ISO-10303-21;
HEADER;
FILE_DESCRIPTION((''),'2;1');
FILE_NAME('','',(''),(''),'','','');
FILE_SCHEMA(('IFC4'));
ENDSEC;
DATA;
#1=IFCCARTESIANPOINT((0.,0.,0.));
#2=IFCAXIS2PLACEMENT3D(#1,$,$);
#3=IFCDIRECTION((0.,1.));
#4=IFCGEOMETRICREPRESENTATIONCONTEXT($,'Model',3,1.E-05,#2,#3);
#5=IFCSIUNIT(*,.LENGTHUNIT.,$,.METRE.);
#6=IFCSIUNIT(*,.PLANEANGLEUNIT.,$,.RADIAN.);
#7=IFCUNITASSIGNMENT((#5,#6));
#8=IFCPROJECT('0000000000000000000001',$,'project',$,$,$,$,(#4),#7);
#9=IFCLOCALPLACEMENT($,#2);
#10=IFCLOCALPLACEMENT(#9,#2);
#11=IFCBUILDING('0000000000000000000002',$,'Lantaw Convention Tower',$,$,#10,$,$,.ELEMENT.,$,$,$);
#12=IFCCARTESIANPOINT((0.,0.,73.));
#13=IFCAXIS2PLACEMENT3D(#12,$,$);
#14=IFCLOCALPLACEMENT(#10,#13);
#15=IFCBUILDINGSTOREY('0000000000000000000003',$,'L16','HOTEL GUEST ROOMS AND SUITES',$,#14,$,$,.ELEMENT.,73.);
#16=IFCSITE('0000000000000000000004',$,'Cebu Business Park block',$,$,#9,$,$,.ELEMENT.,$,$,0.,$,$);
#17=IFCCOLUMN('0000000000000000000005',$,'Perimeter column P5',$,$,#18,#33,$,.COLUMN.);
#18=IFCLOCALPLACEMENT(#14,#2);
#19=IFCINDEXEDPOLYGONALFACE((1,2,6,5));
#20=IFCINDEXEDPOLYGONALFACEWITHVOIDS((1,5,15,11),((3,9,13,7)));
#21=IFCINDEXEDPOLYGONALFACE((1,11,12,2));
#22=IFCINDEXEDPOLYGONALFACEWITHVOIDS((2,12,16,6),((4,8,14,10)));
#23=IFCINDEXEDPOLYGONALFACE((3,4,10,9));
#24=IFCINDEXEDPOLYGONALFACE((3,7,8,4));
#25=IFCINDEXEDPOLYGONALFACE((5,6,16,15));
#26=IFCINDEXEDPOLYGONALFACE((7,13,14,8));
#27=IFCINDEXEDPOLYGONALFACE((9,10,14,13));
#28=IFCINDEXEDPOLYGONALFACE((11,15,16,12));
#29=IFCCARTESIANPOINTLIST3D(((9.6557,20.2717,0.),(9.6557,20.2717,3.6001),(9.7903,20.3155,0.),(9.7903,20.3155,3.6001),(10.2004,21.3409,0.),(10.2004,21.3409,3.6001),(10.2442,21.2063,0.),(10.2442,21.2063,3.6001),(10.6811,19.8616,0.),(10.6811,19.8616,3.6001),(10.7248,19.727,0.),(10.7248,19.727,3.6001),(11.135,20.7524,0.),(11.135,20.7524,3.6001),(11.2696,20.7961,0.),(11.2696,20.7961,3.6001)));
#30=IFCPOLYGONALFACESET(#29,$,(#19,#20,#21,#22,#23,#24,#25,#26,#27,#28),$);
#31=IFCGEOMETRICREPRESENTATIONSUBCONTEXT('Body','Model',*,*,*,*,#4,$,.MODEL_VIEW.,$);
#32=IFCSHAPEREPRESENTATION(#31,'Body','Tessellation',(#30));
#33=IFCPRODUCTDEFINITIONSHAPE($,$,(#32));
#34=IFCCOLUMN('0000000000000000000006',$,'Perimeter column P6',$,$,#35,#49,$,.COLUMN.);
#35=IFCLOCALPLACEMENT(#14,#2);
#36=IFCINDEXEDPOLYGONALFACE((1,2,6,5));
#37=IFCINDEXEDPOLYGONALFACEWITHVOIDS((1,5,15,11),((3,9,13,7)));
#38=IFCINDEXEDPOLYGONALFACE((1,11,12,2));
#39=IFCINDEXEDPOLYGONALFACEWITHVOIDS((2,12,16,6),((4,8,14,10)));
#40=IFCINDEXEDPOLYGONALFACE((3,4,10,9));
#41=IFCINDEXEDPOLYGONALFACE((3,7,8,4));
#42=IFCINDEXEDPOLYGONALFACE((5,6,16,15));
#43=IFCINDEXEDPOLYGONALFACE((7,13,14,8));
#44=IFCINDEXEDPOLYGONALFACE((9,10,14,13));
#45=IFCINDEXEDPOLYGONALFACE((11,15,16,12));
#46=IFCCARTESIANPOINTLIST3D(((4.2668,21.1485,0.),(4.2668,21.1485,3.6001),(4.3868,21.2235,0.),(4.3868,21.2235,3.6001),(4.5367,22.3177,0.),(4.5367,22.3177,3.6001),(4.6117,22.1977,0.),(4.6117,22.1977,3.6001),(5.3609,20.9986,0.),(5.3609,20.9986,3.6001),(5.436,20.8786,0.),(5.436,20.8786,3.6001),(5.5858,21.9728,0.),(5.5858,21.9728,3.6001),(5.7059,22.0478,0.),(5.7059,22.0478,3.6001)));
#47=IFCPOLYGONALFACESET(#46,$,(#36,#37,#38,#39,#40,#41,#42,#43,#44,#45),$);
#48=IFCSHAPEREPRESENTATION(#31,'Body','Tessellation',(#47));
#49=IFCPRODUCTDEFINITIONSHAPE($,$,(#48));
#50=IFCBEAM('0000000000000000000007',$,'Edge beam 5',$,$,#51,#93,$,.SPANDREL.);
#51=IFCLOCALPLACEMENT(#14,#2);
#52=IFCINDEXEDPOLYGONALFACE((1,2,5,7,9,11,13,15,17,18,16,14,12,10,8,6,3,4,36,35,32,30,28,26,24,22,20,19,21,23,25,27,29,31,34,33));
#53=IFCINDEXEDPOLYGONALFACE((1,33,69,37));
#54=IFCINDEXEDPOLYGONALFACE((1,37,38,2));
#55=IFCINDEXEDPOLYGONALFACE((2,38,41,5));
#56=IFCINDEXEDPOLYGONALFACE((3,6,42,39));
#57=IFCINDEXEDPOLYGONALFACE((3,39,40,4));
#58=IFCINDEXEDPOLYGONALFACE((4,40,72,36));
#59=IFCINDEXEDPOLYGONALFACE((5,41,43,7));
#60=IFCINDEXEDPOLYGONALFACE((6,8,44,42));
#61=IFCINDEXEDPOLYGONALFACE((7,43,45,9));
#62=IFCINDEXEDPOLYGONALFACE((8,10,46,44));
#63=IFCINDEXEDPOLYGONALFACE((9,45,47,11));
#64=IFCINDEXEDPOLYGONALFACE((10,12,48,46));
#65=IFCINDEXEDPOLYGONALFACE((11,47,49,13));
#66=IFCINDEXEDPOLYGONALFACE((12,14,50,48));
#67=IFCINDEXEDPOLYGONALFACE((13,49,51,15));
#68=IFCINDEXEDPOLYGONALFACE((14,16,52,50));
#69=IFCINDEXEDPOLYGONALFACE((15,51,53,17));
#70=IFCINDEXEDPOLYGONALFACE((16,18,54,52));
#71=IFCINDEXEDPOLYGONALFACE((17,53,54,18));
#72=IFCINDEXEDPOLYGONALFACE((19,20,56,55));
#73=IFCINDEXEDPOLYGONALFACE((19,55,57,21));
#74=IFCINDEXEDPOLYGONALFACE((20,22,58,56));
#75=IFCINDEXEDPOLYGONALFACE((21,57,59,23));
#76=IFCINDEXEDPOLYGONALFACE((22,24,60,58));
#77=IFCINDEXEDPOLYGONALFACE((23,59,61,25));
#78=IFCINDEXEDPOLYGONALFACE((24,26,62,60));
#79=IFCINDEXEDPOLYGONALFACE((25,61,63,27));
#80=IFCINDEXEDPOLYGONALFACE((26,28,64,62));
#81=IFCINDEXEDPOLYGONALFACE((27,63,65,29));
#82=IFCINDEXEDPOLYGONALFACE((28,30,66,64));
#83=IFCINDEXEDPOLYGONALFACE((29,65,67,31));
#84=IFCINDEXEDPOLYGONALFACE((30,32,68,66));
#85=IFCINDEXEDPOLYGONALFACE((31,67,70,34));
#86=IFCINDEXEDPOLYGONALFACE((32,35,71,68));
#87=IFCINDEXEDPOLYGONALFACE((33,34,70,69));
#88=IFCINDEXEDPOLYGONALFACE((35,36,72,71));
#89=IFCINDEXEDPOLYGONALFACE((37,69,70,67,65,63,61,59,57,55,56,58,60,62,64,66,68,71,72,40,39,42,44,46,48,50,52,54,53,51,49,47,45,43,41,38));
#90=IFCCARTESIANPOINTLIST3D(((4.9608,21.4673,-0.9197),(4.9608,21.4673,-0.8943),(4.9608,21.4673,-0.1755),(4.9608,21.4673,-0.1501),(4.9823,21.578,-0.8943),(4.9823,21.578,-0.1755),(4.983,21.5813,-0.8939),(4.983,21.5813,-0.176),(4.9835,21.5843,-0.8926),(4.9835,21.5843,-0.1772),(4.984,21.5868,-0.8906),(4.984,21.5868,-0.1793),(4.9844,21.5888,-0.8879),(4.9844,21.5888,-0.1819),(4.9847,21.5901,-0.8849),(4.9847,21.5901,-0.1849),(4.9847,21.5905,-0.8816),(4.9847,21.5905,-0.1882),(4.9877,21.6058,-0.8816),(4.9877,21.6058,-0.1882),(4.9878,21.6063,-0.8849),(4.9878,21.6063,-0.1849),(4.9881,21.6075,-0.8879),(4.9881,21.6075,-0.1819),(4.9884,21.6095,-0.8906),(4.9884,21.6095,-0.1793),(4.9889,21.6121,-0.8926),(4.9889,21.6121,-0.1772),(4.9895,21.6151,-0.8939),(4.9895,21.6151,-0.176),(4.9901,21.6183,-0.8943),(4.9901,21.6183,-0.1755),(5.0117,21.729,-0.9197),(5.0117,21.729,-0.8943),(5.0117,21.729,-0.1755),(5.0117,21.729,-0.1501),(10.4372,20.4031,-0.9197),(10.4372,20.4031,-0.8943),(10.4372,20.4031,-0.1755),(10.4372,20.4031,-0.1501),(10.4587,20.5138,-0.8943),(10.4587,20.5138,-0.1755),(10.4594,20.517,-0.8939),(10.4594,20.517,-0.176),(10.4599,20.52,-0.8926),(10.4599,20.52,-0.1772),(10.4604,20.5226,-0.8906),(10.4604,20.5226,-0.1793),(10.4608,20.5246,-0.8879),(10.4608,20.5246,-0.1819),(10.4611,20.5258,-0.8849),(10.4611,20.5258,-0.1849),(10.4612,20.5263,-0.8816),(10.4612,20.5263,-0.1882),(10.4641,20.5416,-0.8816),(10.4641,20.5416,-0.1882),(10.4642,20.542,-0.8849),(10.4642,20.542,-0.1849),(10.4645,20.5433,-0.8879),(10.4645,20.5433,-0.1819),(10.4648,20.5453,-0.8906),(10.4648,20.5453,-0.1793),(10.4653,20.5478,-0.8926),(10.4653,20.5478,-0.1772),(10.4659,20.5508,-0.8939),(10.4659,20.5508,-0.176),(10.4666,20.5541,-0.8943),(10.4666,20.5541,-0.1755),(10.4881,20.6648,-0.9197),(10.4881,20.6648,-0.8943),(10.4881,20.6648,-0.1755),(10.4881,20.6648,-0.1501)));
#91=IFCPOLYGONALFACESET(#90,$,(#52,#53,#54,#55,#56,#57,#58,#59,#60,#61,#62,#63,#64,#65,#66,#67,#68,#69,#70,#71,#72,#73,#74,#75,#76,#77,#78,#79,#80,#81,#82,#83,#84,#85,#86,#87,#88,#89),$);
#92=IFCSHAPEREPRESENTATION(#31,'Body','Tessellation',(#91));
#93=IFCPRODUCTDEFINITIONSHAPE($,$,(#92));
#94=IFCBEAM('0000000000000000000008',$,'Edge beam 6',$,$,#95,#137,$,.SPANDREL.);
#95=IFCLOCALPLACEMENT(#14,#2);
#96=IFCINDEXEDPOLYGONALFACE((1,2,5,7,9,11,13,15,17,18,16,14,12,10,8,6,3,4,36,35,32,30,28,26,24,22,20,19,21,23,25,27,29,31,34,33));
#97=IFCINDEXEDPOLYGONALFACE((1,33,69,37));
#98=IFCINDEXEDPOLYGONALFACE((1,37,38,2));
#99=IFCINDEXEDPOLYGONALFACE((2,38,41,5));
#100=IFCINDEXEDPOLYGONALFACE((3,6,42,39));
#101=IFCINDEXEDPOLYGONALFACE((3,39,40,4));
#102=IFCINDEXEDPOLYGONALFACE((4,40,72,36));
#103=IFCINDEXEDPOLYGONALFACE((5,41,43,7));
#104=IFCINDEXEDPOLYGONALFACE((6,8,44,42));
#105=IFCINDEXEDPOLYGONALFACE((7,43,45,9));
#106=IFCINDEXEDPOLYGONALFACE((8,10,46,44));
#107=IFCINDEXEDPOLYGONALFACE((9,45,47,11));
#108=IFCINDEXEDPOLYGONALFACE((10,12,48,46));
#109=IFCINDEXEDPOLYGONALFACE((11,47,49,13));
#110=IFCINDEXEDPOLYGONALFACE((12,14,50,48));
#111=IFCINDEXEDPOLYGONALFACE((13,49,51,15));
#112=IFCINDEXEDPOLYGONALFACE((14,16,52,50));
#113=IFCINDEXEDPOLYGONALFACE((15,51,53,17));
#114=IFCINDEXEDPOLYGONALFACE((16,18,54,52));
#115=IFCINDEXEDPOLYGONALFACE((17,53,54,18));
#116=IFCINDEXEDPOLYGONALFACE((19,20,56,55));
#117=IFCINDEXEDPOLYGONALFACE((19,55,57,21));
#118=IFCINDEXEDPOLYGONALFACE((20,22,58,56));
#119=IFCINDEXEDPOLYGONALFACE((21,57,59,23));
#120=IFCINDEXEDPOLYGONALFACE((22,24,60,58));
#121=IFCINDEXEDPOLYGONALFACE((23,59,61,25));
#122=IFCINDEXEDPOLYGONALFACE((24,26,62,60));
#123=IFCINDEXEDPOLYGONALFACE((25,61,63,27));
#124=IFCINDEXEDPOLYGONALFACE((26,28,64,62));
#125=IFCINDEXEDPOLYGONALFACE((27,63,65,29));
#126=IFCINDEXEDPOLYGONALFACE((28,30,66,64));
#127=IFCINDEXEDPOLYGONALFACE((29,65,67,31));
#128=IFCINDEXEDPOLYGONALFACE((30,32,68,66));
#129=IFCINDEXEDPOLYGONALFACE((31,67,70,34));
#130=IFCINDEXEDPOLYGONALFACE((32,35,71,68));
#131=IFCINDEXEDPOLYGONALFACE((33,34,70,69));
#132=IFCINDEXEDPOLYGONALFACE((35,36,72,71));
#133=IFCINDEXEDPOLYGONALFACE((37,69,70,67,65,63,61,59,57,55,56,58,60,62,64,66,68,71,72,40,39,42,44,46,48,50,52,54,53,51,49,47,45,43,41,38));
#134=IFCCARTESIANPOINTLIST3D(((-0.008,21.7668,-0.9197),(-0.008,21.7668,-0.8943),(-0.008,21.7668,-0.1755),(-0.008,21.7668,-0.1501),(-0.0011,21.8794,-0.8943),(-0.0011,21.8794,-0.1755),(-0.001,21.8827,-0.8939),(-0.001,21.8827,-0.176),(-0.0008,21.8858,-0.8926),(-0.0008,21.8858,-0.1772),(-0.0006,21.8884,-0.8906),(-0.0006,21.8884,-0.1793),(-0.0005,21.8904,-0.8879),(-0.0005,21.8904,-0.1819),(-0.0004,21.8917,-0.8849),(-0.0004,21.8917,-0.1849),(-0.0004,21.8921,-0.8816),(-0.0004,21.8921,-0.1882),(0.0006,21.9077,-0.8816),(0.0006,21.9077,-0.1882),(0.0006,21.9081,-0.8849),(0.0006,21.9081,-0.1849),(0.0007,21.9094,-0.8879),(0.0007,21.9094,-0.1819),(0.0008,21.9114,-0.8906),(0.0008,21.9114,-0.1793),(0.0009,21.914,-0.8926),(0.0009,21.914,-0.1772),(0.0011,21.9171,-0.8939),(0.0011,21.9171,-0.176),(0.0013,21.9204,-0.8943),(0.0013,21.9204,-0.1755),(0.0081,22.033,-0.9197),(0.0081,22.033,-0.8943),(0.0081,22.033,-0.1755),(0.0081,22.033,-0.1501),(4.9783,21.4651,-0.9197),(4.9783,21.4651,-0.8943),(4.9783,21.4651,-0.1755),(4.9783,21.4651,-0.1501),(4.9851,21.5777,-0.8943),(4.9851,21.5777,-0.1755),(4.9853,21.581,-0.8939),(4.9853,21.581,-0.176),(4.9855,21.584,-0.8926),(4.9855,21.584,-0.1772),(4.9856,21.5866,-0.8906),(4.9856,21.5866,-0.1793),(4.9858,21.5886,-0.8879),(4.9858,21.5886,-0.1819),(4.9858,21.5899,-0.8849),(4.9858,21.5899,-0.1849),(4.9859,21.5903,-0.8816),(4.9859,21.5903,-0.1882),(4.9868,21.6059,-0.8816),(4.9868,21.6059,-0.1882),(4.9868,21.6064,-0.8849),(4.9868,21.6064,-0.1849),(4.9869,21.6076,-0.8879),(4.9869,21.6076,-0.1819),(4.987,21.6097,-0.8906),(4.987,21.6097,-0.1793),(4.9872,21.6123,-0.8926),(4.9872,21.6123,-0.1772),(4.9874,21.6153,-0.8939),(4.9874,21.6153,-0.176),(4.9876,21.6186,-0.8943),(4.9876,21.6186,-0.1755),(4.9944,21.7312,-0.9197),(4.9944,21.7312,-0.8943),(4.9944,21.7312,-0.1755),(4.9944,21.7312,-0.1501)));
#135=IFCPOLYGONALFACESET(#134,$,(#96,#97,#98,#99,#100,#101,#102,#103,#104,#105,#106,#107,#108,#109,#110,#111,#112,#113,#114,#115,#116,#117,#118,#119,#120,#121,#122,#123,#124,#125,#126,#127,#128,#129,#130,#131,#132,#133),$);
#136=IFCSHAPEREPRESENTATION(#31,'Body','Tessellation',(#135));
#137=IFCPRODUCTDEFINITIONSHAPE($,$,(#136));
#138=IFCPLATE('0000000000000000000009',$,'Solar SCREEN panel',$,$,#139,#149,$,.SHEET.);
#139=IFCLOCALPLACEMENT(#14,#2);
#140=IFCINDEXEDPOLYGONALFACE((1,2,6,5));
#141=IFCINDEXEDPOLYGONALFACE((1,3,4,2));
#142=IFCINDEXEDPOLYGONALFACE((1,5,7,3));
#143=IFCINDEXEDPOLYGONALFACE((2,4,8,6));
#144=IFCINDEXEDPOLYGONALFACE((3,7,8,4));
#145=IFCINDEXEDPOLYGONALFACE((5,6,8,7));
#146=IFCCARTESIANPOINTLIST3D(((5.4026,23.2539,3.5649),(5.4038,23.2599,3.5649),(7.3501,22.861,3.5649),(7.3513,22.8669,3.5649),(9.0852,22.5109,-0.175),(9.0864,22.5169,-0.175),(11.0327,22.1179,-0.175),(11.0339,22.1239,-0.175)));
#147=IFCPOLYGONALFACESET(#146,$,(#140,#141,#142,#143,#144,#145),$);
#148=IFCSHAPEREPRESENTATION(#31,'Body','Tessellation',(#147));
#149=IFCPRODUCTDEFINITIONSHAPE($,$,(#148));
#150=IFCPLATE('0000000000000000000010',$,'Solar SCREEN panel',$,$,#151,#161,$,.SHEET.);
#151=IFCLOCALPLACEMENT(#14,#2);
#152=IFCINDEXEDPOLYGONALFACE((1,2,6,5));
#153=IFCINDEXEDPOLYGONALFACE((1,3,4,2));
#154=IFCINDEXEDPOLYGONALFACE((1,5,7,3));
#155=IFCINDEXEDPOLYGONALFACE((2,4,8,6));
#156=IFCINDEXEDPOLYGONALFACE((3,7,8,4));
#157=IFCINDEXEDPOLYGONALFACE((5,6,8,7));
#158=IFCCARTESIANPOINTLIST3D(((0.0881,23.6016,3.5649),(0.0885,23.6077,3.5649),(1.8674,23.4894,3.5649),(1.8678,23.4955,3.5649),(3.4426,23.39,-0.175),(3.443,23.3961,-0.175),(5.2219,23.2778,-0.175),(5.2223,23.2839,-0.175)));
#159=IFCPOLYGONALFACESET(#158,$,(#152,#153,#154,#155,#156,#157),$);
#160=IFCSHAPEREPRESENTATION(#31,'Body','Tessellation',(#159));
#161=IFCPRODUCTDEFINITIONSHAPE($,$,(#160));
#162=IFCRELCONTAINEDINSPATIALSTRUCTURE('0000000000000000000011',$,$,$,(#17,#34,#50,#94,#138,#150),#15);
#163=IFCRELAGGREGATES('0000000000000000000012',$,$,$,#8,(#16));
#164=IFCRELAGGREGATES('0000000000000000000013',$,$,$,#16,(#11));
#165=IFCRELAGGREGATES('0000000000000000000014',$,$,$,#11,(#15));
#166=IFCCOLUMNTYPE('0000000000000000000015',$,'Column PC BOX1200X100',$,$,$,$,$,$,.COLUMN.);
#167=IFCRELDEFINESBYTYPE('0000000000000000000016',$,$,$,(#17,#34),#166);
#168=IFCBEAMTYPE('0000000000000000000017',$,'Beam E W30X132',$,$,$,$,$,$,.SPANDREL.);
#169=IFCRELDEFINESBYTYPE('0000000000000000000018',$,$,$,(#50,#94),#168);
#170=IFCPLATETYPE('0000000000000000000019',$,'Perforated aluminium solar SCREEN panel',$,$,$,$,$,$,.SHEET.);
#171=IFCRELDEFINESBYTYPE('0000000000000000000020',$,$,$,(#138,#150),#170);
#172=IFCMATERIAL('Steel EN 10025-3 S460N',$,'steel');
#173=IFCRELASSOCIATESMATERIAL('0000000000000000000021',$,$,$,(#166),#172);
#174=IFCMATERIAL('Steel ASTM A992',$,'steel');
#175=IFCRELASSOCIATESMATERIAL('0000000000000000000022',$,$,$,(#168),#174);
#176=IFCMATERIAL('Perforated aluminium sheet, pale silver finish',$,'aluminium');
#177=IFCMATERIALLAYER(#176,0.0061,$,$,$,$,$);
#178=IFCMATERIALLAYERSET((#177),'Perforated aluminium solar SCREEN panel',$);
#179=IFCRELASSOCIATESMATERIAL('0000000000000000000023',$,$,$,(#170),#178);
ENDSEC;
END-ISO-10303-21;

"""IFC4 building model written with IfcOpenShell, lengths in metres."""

from ifc_helpers import new_model, si_unit, direction, frame, origin, origin_2d, place, context, subcontext, project, spatial, polyline, rectangle, hollow_rectangle, i_section, outline, extrude, material, layer, layer_set, material_profile, profile_set, type_object, element, save


model = new_model("IFC4")

# Units and contexts
model_context = context("Model", 3, precision=1e-05, world=origin(), true_north=direction((0.0, 1.0)))
body_context = subcontext(model_context, "Body", "Model", "MODEL_VIEW")
ifc_project = project(units=[si_unit("LENGTHUNIT", "METRE"), si_unit("PLANEANGLEUNIT", "RADIAN")], contexts=[model_context])

# Site, building, storey
site_placement = place(None, origin())
site = spatial("IfcSite", under=ifc_project, at=site_placement, Name="Cebu Business Park block", CompositionType="ELEMENT", RefElevation=0.0)
building_placement = place(site_placement, origin())
building = spatial("IfcBuilding", under=site, at=building_placement, Name="Lantaw Convention Tower", CompositionType="ELEMENT")
storey_placement = place(building_placement, frame((0.0, 0.0, 73.0)))
storey = spatial("IfcBuildingStorey", under=building, at=storey_placement, Name="L16", Description="HOTEL GUEST ROOMS AND SUITES", CompositionType="ELEMENT", Elevation=73.0)

# Columns
ifc_material_1 = material(Name="Steel EN 10025-3 S460N", Category="steel")
ifc_material_profile_1 = material_profile(ifc_material_1, hollow_rectangle(XDim=1.2, YDim=1.2, WallThickness=0.1001, at=origin_2d()), Name="BOX1200X100")
ifc_material_2 = material(Name="Concrete C60/75", Category="concrete")
ifc_material_profile_2 = material_profile(ifc_material_2, rectangle(XDim=1.0, YDim=1.0, at=origin_2d()), Name="Concrete fill of BOX1200X100")
ifc_profile_set_1 = profile_set([ifc_material_profile_1, ifc_material_profile_2], Name="Steel EN 10025-3 S460N")
column_type = type_object("IfcColumnType", Name="Column PC BOX1200X100", PredefinedType="COLUMN", material=ifc_profile_set_1)
for number, where, z_axis, x_axis, name in (
    (1, (10.4626, 20.5339, 0.0), (0.0, 0.0, 1.0), (0.45399, 0.891007, 0.0), "Perimeter column P5"),
    (2, (4.9863, 21.5981, 0.0), (0.0, 0.0, 1.0), (0.224951, 0.97437, 0.0), "Perimeter column P6"),
):
    element("IfcColumn", number, at=place(storey_placement, frame(where, z_axis=z_axis, x_axis=x_axis)), inside=storey, type_object=column_type, Name=name, PredefinedType="COLUMN", context=body_context, shape_type="SweptSolid", body=[
        extrude(hollow_rectangle(XDim=1.2, YDim=1.2, WallThickness=0.1001, at=origin_2d()), origin(), (0.0, 0.0, 1.0), 3.6001),
    ])

# Beams
ifc_material_3 = material(Name="Steel ASTM A992", Category="steel")
ifc_material_profile_3 = material_profile(ifc_material_3, i_section(OverallWidth=0.2666, OverallDepth=0.7695, WebThickness=0.0156, FlangeThickness=0.0254, FilletRadius=0.0127, at=origin_2d()), Name="W30X132")
ifc_profile_set_2 = profile_set([ifc_material_profile_3], Name="Steel ASTM A992")
beam_type = type_object("IfcBeamType", Name="Beam E W30X132", PredefinedType="SPANDREL", material=ifc_profile_set_2)
beam_1_placement = place(storey_placement, frame((10.4626, 20.5339, -0.5349), z_axis=(-0.981637, 0.190761, 0.0), x_axis=(-0.190761, -0.981637, 0.0)))
element("IfcBeam", 3, at=beam_1_placement, inside=storey, type_object=beam_type, Name="Edge beam 5", PredefinedType="SPANDREL", context=body_context, shape_type="SweptSolid", body=[
    extrude(i_section(OverallWidth=0.2666, OverallDepth=0.7695, WebThickness=0.0156, FlangeThickness=0.0254, FilletRadius=0.0127, at=origin_2d()), origin(), (0.0, 0.0, 1.0), 5.5789),
])
beam_2_placement = place(storey_placement, frame((4.9863, 21.5981, -0.5349), z_axis=(-0.998174, 0.060407, 0.0), x_axis=(-0.060407, -0.998174, 0.0)))
element("IfcBeam", 4, at=beam_2_placement, inside=storey, type_object=beam_type, Name="Edge beam 6", PredefinedType="SPANDREL", context=body_context, shape_type="SweptSolid", body=[
    extrude(i_section(OverallWidth=0.2666, OverallDepth=0.7695, WebThickness=0.0156, FlangeThickness=0.0254, FilletRadius=0.0127, at=origin_2d()), origin(), (0.0, 0.0, 1.0), 4.9954),
])

# Plates
ifc_material_4 = material(Name="Perforated aluminium sheet, pale silver finish", Category="aluminium")
ifc_layer_1 = layer(ifc_material_4, 0.0061)
ifc_layer_set_1 = layer_set([ifc_layer_1], Name="Perforated aluminium solar SCREEN panel")
plate_type = type_object("IfcPlateType", Name="Perforated aluminium solar SCREEN panel", PredefinedType="SHEET", material=ifc_layer_set_1)
plate_1_placement = place(storey_placement, frame((11.0327, 22.1179, -0.175), z_axis=(-0.197782, -0.980246, 0.000002), x_axis=(-0.980246, 0.197782, 0.0)))
element("IfcPlate", 5, at=plate_1_placement, inside=storey, type_object=plate_type, Name="Solar SCREEN panel", PredefinedType="SHEET", context=body_context, shape_type="SweptSolid", body=[
    extrude(outline(polyline([(0.0, 0.0), (1.9868, 0.0), (5.7436, -3.74), (3.7569, -3.74), (0.0, 0.0)])), origin(), (0.0, 0.0, -1.0), 0.0061),
])
plate_2_placement = place(storey_placement, frame((5.2219, 23.2778, -0.175), z_axis=(-0.062924, -0.998018, 0.000014), x_axis=(-0.998018, 0.062924, 0.0)))
element("IfcPlate", 6, at=plate_2_placement, inside=storey, type_object=plate_type, Name="Solar SCREEN panel", PredefinedType="SHEET", context=body_context, shape_type="SweptSolid", body=[
    extrude(outline(polyline([(0.0, 0.0), (1.7828, 0.0), (5.144, -3.74), (3.3612, -3.74), (0.0, 0.0)])), origin(), (0.0, 0.0, -1.0), 0.0061),
])

save(model, "model.ifc")
